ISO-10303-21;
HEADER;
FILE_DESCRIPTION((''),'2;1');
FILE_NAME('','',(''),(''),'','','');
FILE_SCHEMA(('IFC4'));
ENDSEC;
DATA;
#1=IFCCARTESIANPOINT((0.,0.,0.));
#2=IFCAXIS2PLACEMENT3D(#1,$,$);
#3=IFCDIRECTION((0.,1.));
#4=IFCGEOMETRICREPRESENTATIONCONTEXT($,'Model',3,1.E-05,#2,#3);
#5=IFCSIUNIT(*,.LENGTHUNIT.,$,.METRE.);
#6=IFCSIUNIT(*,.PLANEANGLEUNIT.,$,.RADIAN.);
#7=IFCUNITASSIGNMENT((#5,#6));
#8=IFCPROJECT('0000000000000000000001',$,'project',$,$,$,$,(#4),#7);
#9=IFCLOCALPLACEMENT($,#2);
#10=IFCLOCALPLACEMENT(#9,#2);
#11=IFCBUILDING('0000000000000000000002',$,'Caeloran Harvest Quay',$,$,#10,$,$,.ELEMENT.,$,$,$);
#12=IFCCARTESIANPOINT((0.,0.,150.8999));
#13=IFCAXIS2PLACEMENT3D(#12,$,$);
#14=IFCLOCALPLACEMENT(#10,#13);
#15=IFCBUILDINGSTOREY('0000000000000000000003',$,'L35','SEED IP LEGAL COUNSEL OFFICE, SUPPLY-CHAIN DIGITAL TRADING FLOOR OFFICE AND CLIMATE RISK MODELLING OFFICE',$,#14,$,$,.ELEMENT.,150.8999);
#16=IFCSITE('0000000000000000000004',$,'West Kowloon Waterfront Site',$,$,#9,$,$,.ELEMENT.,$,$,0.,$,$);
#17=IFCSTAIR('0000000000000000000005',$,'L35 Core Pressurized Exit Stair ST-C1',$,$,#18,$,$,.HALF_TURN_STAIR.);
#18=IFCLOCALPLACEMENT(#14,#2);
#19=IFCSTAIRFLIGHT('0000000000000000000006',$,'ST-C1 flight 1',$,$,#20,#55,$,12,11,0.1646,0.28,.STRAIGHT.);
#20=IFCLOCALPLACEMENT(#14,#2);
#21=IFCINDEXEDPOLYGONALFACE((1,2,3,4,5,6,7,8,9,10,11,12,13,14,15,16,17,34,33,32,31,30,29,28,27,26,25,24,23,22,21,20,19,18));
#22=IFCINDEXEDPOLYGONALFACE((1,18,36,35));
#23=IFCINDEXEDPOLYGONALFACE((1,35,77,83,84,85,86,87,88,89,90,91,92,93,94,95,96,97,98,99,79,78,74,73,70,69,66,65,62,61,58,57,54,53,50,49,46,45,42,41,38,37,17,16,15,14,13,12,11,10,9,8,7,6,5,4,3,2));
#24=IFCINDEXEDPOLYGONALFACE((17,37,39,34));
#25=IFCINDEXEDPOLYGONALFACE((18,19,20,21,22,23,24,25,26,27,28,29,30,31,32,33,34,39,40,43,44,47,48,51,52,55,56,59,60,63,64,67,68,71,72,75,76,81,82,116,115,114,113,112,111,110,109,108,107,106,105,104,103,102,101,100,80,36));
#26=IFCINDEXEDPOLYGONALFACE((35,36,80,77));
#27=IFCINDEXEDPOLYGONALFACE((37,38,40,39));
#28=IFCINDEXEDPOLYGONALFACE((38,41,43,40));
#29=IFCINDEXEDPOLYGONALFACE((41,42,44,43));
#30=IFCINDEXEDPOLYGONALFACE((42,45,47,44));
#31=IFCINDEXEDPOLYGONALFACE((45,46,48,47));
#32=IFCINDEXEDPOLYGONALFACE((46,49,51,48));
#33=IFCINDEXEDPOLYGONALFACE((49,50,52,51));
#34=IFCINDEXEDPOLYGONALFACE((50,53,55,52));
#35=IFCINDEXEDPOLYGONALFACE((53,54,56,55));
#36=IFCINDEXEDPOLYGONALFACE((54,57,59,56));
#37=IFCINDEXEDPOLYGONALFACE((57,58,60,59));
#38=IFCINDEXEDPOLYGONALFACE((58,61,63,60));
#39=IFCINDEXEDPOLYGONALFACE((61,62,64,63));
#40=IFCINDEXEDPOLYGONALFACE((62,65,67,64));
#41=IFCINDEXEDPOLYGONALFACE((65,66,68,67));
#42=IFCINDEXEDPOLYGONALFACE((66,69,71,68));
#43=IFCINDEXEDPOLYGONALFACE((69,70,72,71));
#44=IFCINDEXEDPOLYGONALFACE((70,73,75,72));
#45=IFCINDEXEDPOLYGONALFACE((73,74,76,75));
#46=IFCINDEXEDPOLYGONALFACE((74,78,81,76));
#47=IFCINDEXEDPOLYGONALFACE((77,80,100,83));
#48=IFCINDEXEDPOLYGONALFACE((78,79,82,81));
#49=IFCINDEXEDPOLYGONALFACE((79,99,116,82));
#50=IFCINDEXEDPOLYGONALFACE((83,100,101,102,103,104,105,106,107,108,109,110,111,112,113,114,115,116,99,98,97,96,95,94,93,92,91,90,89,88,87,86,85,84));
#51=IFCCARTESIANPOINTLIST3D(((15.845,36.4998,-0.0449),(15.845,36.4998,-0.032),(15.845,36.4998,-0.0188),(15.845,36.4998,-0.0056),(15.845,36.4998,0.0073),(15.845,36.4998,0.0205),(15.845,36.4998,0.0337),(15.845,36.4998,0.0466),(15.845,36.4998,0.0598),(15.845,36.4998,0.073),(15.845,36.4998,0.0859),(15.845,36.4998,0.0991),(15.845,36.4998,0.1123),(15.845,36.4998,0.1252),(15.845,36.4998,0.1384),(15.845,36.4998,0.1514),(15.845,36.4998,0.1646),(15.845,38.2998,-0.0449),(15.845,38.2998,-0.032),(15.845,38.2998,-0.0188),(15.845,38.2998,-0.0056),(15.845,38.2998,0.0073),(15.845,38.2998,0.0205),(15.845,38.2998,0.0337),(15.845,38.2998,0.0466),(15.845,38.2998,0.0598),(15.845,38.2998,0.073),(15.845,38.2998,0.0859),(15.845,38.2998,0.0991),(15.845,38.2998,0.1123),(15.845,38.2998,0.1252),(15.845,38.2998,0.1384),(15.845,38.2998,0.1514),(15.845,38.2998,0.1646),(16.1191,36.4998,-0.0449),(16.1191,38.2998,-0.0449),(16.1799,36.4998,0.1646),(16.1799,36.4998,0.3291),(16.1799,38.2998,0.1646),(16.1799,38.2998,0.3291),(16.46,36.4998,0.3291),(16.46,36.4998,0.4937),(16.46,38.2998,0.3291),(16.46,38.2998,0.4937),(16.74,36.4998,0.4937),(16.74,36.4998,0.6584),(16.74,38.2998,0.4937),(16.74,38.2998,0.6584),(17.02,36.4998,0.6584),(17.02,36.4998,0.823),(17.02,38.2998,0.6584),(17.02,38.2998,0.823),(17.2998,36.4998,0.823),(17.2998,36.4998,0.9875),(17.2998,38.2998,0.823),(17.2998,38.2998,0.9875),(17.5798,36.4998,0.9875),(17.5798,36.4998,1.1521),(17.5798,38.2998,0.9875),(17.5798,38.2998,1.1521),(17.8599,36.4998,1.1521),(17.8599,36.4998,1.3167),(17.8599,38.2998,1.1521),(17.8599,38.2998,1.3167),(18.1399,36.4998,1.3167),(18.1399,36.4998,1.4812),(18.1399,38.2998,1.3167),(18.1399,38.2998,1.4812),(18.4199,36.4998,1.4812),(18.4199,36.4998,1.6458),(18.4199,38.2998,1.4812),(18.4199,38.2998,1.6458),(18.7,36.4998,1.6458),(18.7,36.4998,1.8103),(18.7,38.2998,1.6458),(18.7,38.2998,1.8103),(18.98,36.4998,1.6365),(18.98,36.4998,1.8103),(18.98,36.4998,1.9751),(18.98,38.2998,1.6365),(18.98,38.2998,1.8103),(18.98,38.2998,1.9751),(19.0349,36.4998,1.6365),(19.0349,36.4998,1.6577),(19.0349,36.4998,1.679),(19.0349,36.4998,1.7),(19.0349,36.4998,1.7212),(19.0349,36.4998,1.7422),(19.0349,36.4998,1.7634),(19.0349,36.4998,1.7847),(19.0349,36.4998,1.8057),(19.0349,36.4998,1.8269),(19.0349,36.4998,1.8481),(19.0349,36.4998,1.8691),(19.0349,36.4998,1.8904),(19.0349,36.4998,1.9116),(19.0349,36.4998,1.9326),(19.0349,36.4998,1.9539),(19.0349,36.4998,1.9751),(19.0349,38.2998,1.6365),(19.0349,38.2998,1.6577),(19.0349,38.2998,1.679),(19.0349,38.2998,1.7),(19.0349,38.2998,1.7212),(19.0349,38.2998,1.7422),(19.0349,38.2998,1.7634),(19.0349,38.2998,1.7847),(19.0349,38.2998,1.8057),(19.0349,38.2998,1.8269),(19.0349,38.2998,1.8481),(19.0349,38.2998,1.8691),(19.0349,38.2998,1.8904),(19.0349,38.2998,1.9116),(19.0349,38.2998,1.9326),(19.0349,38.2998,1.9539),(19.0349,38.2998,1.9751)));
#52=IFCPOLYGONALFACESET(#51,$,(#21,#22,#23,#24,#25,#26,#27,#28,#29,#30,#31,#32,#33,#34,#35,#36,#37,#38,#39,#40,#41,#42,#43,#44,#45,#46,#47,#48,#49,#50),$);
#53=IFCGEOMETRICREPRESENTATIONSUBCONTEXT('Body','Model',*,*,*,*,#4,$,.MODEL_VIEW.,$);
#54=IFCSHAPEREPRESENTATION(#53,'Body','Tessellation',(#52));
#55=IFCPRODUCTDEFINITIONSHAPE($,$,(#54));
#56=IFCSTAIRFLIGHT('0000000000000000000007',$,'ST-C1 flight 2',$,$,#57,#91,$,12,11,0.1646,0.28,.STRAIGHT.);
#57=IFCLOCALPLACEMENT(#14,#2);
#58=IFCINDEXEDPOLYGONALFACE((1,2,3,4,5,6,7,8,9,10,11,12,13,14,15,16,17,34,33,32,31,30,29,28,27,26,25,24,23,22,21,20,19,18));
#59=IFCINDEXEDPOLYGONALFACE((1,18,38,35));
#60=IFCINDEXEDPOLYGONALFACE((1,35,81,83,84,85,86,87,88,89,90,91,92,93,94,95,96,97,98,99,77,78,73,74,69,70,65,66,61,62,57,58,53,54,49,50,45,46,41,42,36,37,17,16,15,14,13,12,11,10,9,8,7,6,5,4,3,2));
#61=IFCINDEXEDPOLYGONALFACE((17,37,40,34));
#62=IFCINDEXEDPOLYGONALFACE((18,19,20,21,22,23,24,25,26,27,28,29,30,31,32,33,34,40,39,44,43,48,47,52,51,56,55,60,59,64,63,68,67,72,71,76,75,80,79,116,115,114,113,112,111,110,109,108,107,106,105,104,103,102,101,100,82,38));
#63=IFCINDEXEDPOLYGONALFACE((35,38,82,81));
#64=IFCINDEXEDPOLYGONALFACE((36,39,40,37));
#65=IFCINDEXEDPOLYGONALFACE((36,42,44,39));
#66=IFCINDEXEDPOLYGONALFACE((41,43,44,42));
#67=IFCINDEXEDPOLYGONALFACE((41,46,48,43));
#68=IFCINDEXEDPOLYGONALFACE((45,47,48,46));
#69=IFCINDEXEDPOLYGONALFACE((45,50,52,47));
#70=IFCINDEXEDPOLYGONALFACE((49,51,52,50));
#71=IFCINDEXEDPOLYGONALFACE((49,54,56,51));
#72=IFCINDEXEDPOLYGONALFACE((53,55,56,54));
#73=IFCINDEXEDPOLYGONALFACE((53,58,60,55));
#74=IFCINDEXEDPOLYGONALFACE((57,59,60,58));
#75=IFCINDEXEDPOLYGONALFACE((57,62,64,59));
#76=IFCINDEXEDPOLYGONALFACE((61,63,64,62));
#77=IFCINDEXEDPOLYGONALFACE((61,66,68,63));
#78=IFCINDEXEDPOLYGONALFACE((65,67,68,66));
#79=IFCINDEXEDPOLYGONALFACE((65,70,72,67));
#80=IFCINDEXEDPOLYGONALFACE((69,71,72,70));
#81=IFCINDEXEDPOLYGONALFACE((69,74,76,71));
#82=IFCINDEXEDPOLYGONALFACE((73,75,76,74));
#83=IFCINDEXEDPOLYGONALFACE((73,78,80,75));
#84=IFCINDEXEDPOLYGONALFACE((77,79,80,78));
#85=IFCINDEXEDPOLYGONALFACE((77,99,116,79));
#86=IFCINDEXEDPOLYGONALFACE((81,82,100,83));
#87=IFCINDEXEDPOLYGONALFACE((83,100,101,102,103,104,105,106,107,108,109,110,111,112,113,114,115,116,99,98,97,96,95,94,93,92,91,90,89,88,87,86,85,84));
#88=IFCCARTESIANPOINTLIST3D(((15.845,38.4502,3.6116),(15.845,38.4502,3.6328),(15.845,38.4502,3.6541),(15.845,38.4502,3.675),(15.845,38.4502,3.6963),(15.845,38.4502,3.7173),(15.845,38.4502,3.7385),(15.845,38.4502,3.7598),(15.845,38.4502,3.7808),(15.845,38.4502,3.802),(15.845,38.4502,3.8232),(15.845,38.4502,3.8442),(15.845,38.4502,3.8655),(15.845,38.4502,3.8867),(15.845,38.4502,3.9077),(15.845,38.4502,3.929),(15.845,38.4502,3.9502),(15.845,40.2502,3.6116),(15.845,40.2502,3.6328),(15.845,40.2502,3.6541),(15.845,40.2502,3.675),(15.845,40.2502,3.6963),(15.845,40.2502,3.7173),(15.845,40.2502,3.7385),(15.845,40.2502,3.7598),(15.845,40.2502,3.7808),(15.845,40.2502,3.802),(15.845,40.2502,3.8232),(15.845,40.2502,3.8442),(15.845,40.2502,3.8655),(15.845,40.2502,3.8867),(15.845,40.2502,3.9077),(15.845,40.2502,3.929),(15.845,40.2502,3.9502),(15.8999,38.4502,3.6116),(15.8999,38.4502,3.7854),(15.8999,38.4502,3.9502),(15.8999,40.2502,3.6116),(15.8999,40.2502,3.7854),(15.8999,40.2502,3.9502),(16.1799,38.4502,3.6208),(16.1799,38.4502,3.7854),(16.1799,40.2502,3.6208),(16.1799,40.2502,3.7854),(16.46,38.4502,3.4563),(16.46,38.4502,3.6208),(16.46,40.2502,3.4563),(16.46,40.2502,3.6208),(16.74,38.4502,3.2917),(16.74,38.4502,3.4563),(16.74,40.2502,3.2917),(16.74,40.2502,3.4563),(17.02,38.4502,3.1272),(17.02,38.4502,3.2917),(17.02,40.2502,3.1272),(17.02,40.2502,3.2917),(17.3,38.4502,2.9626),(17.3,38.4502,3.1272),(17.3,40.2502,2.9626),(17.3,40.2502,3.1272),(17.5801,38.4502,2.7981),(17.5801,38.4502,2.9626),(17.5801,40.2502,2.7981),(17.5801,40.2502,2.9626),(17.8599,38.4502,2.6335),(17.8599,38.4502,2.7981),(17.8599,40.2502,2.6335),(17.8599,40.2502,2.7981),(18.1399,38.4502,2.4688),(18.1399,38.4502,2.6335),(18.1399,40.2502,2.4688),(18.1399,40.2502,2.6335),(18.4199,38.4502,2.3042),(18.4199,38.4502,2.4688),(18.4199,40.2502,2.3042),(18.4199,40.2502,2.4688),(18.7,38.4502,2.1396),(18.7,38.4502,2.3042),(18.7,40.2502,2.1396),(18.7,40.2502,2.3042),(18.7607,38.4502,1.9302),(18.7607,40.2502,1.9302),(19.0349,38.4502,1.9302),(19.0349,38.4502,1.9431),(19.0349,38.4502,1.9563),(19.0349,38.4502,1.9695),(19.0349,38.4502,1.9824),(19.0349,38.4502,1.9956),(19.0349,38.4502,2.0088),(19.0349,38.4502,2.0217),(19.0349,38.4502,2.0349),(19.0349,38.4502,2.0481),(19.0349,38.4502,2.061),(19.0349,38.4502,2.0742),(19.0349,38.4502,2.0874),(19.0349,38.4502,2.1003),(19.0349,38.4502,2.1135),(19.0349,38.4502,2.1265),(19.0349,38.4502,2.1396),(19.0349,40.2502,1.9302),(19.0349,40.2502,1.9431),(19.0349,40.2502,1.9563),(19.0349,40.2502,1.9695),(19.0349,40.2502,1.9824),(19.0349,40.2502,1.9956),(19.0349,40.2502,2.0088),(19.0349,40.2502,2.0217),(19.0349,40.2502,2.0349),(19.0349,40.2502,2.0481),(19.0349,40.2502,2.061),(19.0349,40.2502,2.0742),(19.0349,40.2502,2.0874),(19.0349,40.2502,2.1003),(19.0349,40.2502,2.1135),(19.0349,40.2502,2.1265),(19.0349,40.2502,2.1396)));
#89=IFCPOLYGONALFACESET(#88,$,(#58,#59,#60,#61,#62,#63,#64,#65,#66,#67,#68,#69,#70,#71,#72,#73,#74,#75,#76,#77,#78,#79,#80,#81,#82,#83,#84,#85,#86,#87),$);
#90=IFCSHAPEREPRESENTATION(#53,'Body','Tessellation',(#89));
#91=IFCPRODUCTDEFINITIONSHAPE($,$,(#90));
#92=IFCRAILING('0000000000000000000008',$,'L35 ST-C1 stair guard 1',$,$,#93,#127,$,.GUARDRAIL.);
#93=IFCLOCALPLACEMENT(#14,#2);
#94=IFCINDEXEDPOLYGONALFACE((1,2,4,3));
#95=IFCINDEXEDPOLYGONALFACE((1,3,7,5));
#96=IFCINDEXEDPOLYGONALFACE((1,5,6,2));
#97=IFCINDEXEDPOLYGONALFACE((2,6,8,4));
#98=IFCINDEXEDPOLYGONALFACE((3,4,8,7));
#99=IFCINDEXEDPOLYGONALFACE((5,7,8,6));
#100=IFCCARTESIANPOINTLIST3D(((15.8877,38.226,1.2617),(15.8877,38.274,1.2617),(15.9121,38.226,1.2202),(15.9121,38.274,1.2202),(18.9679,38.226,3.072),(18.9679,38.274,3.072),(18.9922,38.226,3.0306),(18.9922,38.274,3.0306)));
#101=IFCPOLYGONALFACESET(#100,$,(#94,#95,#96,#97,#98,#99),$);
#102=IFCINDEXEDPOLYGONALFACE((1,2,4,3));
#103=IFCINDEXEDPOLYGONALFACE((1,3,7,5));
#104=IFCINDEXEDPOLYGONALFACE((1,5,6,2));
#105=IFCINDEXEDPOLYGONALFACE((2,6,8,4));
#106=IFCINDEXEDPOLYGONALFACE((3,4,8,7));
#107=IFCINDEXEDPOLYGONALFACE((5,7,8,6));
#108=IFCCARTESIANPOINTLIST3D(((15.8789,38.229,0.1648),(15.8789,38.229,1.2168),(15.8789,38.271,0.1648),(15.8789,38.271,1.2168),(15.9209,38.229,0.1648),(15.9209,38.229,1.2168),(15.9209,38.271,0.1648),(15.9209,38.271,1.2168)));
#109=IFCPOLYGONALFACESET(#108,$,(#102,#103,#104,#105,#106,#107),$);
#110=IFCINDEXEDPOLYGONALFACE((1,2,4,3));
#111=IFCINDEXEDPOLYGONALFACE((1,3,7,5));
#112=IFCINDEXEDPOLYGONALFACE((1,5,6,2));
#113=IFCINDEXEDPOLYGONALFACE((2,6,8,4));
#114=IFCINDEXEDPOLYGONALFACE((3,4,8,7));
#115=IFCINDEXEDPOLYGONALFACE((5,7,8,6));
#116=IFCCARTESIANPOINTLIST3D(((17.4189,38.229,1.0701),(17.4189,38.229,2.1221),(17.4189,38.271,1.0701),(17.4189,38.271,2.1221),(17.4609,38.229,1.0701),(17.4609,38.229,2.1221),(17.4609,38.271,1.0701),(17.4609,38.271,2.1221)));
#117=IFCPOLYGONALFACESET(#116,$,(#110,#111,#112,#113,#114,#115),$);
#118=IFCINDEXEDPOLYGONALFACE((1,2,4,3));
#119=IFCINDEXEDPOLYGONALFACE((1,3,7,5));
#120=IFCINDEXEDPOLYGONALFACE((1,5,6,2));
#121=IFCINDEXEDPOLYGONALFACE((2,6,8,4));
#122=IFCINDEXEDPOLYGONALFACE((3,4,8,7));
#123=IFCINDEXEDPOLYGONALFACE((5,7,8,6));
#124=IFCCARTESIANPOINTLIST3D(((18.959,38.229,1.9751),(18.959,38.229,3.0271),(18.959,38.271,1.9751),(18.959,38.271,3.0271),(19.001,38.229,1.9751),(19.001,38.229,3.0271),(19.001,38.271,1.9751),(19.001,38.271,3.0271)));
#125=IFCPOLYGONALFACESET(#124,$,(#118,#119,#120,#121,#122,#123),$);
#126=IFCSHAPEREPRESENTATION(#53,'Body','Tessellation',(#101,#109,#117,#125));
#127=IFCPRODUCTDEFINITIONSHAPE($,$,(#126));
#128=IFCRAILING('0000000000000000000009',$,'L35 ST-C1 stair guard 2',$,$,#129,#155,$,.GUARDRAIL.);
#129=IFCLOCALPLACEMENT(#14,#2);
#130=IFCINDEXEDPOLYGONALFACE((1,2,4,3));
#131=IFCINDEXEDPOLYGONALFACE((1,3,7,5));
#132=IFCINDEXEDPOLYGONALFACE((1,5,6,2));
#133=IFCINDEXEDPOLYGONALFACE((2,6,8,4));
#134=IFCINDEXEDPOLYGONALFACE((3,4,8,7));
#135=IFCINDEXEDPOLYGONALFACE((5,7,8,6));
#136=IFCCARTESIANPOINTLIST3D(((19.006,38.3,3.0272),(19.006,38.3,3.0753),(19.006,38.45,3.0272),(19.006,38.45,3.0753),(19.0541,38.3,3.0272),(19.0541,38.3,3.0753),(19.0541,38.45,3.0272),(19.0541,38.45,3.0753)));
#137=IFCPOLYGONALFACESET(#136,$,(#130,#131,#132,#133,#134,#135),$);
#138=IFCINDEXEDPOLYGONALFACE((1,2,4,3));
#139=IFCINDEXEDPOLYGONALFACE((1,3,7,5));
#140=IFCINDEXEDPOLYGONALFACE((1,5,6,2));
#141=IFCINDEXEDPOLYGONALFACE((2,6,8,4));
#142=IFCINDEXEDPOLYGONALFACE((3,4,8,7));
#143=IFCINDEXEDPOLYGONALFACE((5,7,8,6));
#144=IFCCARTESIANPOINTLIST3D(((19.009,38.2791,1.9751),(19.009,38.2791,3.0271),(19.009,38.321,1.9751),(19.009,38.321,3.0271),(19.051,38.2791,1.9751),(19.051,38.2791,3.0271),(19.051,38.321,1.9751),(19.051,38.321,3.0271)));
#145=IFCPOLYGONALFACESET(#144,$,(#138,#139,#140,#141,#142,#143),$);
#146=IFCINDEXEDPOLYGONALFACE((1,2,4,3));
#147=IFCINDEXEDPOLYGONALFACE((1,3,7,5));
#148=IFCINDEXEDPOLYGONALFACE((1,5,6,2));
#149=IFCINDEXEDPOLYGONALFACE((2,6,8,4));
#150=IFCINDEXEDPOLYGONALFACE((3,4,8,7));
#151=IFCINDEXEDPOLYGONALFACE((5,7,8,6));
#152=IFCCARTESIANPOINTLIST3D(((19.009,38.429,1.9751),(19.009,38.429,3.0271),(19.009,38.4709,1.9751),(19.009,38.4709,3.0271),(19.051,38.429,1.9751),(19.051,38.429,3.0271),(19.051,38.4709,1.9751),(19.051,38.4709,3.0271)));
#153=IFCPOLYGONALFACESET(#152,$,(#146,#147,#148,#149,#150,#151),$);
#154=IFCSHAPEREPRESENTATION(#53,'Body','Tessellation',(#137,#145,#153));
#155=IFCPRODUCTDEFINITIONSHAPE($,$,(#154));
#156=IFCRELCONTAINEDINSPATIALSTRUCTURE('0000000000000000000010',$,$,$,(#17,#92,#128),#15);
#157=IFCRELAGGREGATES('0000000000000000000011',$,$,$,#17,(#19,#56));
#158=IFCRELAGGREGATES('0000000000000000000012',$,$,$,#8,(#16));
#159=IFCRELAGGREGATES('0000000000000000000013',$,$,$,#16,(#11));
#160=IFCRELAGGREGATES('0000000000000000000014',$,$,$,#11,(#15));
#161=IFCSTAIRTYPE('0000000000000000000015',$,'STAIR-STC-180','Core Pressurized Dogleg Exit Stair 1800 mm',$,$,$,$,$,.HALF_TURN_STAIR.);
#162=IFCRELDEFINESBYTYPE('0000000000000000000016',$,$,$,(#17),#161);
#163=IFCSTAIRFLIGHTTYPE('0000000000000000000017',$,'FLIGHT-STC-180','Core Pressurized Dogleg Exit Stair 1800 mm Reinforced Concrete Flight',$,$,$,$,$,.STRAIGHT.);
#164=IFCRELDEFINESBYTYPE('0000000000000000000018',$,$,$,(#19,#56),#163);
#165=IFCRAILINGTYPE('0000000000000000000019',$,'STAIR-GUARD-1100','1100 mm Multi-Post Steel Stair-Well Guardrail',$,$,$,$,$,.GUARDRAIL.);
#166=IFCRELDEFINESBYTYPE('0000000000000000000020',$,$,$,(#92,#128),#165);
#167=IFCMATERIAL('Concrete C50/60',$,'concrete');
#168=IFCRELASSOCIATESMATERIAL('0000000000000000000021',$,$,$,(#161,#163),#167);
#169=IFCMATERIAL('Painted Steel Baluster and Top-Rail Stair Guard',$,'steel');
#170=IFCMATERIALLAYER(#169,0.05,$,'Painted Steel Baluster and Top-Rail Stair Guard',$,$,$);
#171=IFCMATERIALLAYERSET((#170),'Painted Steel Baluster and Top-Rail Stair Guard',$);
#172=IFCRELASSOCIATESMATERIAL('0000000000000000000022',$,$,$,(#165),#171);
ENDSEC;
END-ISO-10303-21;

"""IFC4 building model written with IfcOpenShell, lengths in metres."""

from ifc_helpers import new_model, si_unit, direction, frame, origin, origin_2d, place, context, subcontext, project, spatial, polyline, rectangle, outline, extrude, material, layer, layer_set, type_object, element, aggregate, save


model = new_model("IFC4")

# Units and contexts
model_context = context("Model", 3, precision=1e-05, world=origin(), true_north=direction((0.0, 1.0)))
body_context = subcontext(model_context, "Body", "Model", "MODEL_VIEW")
ifc_project = project(units=[si_unit("LENGTHUNIT", "METRE"), si_unit("PLANEANGLEUNIT", "RADIAN")], contexts=[model_context])

# Site, building, storey
site_placement = place(None, origin())
site = spatial("IfcSite", under=ifc_project, at=site_placement, Name="West Kowloon Waterfront Site", CompositionType="ELEMENT", RefElevation=0.0)
building_placement = place(site_placement, origin())
building = spatial("IfcBuilding", under=site, at=building_placement, Name="Caeloran Harvest Quay", CompositionType="ELEMENT")
storey_placement = place(building_placement, frame((0.0, 0.0, 150.8999)))
storey = spatial("IfcBuildingStorey", under=building, at=storey_placement, Name="L35", Description="SEED IP LEGAL COUNSEL OFFICE, SUPPLY-CHAIN DIGITAL TRADING FLOOR OFFICE AND CLIMATE RISK MODELLING OFFICE", CompositionType="ELEMENT", Elevation=150.8999)

# Shared definitions
ifc_material_1 = material(Name="Concrete C50/60", Category="concrete")

# Stair, stair flights
stair_type = type_object("IfcStairType", Name="STAIR-STC-180", Description="Core Pressurized Dogleg Exit Stair 1800 mm", PredefinedType="HALF_TURN_STAIR", material=ifc_material_1)
stair_placement = place(storey_placement, origin())
stair = element("IfcStair", 1, at=stair_placement, inside=storey, type_object=stair_type, Name="L35 Core Pressurized Exit Stair ST-C1", PredefinedType="HALF_TURN_STAIR")
stair_flight_type = type_object("IfcStairFlightType", Name="FLIGHT-STC-180", Description="Core Pressurized Dogleg Exit Stair 1800 mm Reinforced Concrete Flight", PredefinedType="STRAIGHT", material=ifc_material_1)
stair_flight_1_placement = place(storey_placement, frame((15.8999, 37.3999, 0.0), z_axis=(0.0, 0.0, 1.0), x_axis=(1.0, 0.0, 0.0)))
stair_flight_1 = element("IfcStairFlight", 2, at=stair_flight_1_placement, type_object=stair_flight_type, Name="ST-C1 flight 1", NumberOfRisers=12, NumberOfTreads=11, PredefinedType="STRAIGHT", RiserHeight=0.1646, TreadLength=0.28, context=body_context, shape_type="SweptSolid", body=[
    extrude(outline(polyline([(-0.0549, -0.0449), (-0.0549, -0.032), (-0.0549, -0.0188), (-0.0549, -0.0056), (-0.0549, 0.0073), (-0.0549, 0.0205), (-0.0549, 0.0337), (-0.0549, 0.0466), (-0.0549, 0.0598), (-0.0549, 0.073), (-0.0549, 0.0859), (-0.0549, 0.0991), (-0.0549, 0.1123), (-0.0549, 0.1252), (-0.0549, 0.1384), (-0.0549, 0.1514), (-0.0549, 0.1646), (0.28, 0.1646), (0.28, 0.3291), (0.5601, 0.3291), (0.5601, 0.4937), (0.8401, 0.4937), (0.8401, 0.6584), (1.1201, 0.6584), (1.1201, 0.823), (1.3999, 0.823), (1.3999, 0.9875), (1.6799, 0.9875), (1.6799, 1.1521), (1.96, 1.1521), (1.96, 1.3167), (2.24, 1.3167), (2.24, 1.4812), (2.52, 1.4812), (2.52, 1.6458), (2.8, 1.6458), (2.8, 1.8103), (3.0801, 1.8103), (3.0801, 1.9751), (3.135, 1.9751), (3.135, 1.9539), (3.135, 1.9326), (3.135, 1.9116), (3.135, 1.8904), (3.135, 1.8691), (3.135, 1.8481), (3.135, 1.8269), (3.135, 1.8057), (3.135, 1.7847), (3.135, 1.7634), (3.135, 1.7422), (3.135, 1.7212), (3.135, 1.7), (3.135, 1.679), (3.135, 1.6577), (3.135, 1.6365), (3.0801, 1.6365), (0.2192, -0.0449), (-0.0549, -0.0449)])), frame((0.0, 0.8999, 0.0), z_axis=(0.0, -1.0, 0.0), x_axis=(1.0, 0.0, 0.0)), (0.0, 0.0, 1.0), 1.8),
])
stair_flight_2_placement = place(storey_placement, frame((18.98, 39.3501, 1.9751), z_axis=(0.0, 0.0, 1.0), x_axis=(-1.0, 0.0, 0.0)))
stair_flight_2 = element("IfcStairFlight", 3, at=stair_flight_2_placement, type_object=stair_flight_type, Name="ST-C1 flight 2", NumberOfRisers=12, NumberOfTreads=11, PredefinedType="STRAIGHT", RiserHeight=0.1646, TreadLength=0.28, context=body_context, shape_type="SweptSolid", body=[
    extrude(outline(polyline([(-0.0549, -0.0449), (-0.0549, -0.032), (-0.0549, -0.0188), (-0.0549, -0.0056), (-0.0549, 0.0073), (-0.0549, 0.0205), (-0.0549, 0.0337), (-0.0549, 0.0466), (-0.0549, 0.0598), (-0.0549, 0.073), (-0.0549, 0.0859), (-0.0549, 0.0991), (-0.0549, 0.1123), (-0.0549, 0.1252), (-0.0549, 0.1384), (-0.0549, 0.1514), (-0.0549, 0.1646), (0.28, 0.1646), (0.28, 0.3291), (0.5601, 0.3291), (0.5601, 0.4937), (0.8401, 0.4937), (0.8401, 0.6584), (1.1201, 0.6584), (1.1201, 0.823), (1.3999, 0.823), (1.3999, 0.9875), (1.6799, 0.9875), (1.6799, 1.1521), (1.96, 1.1521), (1.96, 1.3167), (2.24, 1.3167), (2.24, 1.4812), (2.52, 1.4812), (2.52, 1.6458), (2.8, 1.6458), (2.8, 1.8103), (3.0801, 1.8103), (3.0801, 1.9751), (3.135, 1.9751), (3.135, 1.9539), (3.135, 1.9326), (3.135, 1.9116), (3.135, 1.8904), (3.135, 1.8691), (3.135, 1.8481), (3.135, 1.8269), (3.135, 1.8057), (3.135, 1.7847), (3.135, 1.7634), (3.135, 1.7422), (3.135, 1.7212), (3.135, 1.7), (3.135, 1.679), (3.135, 1.6577), (3.135, 1.6365), (3.0801, 1.6365), (0.2192, -0.0449), (-0.0549, -0.0449)])), frame((0.0, 0.8999, 0.0), z_axis=(0.0, -1.0, 0.0), x_axis=(1.0, 0.0, 0.0)), (0.0, 0.0, 1.0), 1.8),
])
aggregate(stair, [stair_flight_1, stair_flight_2])

# Railings
ifc_material_2 = material(Name="Painted Steel Baluster and Top-Rail Stair Guard", Category="steel")
ifc_layer_1 = layer(ifc_material_2, 0.05, Name="Painted Steel Baluster and Top-Rail Stair Guard")
ifc_layer_set_1 = layer_set([ifc_layer_1], Name="Painted Steel Baluster and Top-Rail Stair Guard")
railing_type_1 = type_object("IfcRailingType", Name="STAIR-GUARD-1100", Description="1100 mm Multi-Post Steel Stair-Well Guardrail", PredefinedType="GUARDRAIL", material=ifc_layer_set_1)
railing_1_placement = place(storey_placement, frame((15.8999, 38.25, 0.1648)))
element("IfcRailing", 4, at=railing_1_placement, inside=storey, type_object=railing_type_1, Name="L35 ST-C1 stair guard 1", PredefinedType="GUARDRAIL", context=body_context, shape_type="SweptSolid", body=[
    extrude(rectangle(XDim=0.0481, YDim=0.0481, at=origin_2d()), frame((0.0, 0.0, 1.0762), z_axis=(0.862119, 0.0, 0.506707), x_axis=(0.0, 1.0, 0.0)), (0.0, 0.0, 1.0), 3.5728),
    extrude(rectangle(XDim=0.042, YDim=0.042, at=origin_2d()), origin(), (0.0, 0.0, 1.0), 1.052),
    extrude(rectangle(XDim=0.042, YDim=0.042, at=origin_2d()), frame((1.54, 0.0, 0.9053)), (0.0, 0.0, 1.0), 1.052),
    extrude(rectangle(XDim=0.042, YDim=0.042, at=origin_2d()), frame((3.0801, 0.0, 1.8103)), (0.0, 0.0, 1.0), 1.052),
])
railing_2_placement = place(storey_placement, frame((19.03, 38.3, 1.9751)))
element("IfcRailing", 5, at=railing_2_placement, inside=storey, type_object=railing_type_1, Name="L35 ST-C1 stair guard 2", PredefinedType="GUARDRAIL", context=body_context, shape_type="SweptSolid", body=[
    extrude(rectangle(XDim=0.0481, YDim=0.0481, at=origin_2d()), frame((0.0, 0.0, 1.0762), z_axis=(0.0, 1.0, 0.0), x_axis=(-1.0, 0.0, 0.0)), (0.0, 0.0, 1.0), 0.1499),
    extrude(rectangle(XDim=0.042, YDim=0.042, at=origin_2d()), origin(), (0.0, 0.0, 1.0), 1.052),
    extrude(rectangle(XDim=0.042, YDim=0.042, at=origin_2d()), frame((0.0, 0.1499, 0.0)), (0.0, 0.0, 1.0), 1.052),
])

save(model, "model.ifc")
